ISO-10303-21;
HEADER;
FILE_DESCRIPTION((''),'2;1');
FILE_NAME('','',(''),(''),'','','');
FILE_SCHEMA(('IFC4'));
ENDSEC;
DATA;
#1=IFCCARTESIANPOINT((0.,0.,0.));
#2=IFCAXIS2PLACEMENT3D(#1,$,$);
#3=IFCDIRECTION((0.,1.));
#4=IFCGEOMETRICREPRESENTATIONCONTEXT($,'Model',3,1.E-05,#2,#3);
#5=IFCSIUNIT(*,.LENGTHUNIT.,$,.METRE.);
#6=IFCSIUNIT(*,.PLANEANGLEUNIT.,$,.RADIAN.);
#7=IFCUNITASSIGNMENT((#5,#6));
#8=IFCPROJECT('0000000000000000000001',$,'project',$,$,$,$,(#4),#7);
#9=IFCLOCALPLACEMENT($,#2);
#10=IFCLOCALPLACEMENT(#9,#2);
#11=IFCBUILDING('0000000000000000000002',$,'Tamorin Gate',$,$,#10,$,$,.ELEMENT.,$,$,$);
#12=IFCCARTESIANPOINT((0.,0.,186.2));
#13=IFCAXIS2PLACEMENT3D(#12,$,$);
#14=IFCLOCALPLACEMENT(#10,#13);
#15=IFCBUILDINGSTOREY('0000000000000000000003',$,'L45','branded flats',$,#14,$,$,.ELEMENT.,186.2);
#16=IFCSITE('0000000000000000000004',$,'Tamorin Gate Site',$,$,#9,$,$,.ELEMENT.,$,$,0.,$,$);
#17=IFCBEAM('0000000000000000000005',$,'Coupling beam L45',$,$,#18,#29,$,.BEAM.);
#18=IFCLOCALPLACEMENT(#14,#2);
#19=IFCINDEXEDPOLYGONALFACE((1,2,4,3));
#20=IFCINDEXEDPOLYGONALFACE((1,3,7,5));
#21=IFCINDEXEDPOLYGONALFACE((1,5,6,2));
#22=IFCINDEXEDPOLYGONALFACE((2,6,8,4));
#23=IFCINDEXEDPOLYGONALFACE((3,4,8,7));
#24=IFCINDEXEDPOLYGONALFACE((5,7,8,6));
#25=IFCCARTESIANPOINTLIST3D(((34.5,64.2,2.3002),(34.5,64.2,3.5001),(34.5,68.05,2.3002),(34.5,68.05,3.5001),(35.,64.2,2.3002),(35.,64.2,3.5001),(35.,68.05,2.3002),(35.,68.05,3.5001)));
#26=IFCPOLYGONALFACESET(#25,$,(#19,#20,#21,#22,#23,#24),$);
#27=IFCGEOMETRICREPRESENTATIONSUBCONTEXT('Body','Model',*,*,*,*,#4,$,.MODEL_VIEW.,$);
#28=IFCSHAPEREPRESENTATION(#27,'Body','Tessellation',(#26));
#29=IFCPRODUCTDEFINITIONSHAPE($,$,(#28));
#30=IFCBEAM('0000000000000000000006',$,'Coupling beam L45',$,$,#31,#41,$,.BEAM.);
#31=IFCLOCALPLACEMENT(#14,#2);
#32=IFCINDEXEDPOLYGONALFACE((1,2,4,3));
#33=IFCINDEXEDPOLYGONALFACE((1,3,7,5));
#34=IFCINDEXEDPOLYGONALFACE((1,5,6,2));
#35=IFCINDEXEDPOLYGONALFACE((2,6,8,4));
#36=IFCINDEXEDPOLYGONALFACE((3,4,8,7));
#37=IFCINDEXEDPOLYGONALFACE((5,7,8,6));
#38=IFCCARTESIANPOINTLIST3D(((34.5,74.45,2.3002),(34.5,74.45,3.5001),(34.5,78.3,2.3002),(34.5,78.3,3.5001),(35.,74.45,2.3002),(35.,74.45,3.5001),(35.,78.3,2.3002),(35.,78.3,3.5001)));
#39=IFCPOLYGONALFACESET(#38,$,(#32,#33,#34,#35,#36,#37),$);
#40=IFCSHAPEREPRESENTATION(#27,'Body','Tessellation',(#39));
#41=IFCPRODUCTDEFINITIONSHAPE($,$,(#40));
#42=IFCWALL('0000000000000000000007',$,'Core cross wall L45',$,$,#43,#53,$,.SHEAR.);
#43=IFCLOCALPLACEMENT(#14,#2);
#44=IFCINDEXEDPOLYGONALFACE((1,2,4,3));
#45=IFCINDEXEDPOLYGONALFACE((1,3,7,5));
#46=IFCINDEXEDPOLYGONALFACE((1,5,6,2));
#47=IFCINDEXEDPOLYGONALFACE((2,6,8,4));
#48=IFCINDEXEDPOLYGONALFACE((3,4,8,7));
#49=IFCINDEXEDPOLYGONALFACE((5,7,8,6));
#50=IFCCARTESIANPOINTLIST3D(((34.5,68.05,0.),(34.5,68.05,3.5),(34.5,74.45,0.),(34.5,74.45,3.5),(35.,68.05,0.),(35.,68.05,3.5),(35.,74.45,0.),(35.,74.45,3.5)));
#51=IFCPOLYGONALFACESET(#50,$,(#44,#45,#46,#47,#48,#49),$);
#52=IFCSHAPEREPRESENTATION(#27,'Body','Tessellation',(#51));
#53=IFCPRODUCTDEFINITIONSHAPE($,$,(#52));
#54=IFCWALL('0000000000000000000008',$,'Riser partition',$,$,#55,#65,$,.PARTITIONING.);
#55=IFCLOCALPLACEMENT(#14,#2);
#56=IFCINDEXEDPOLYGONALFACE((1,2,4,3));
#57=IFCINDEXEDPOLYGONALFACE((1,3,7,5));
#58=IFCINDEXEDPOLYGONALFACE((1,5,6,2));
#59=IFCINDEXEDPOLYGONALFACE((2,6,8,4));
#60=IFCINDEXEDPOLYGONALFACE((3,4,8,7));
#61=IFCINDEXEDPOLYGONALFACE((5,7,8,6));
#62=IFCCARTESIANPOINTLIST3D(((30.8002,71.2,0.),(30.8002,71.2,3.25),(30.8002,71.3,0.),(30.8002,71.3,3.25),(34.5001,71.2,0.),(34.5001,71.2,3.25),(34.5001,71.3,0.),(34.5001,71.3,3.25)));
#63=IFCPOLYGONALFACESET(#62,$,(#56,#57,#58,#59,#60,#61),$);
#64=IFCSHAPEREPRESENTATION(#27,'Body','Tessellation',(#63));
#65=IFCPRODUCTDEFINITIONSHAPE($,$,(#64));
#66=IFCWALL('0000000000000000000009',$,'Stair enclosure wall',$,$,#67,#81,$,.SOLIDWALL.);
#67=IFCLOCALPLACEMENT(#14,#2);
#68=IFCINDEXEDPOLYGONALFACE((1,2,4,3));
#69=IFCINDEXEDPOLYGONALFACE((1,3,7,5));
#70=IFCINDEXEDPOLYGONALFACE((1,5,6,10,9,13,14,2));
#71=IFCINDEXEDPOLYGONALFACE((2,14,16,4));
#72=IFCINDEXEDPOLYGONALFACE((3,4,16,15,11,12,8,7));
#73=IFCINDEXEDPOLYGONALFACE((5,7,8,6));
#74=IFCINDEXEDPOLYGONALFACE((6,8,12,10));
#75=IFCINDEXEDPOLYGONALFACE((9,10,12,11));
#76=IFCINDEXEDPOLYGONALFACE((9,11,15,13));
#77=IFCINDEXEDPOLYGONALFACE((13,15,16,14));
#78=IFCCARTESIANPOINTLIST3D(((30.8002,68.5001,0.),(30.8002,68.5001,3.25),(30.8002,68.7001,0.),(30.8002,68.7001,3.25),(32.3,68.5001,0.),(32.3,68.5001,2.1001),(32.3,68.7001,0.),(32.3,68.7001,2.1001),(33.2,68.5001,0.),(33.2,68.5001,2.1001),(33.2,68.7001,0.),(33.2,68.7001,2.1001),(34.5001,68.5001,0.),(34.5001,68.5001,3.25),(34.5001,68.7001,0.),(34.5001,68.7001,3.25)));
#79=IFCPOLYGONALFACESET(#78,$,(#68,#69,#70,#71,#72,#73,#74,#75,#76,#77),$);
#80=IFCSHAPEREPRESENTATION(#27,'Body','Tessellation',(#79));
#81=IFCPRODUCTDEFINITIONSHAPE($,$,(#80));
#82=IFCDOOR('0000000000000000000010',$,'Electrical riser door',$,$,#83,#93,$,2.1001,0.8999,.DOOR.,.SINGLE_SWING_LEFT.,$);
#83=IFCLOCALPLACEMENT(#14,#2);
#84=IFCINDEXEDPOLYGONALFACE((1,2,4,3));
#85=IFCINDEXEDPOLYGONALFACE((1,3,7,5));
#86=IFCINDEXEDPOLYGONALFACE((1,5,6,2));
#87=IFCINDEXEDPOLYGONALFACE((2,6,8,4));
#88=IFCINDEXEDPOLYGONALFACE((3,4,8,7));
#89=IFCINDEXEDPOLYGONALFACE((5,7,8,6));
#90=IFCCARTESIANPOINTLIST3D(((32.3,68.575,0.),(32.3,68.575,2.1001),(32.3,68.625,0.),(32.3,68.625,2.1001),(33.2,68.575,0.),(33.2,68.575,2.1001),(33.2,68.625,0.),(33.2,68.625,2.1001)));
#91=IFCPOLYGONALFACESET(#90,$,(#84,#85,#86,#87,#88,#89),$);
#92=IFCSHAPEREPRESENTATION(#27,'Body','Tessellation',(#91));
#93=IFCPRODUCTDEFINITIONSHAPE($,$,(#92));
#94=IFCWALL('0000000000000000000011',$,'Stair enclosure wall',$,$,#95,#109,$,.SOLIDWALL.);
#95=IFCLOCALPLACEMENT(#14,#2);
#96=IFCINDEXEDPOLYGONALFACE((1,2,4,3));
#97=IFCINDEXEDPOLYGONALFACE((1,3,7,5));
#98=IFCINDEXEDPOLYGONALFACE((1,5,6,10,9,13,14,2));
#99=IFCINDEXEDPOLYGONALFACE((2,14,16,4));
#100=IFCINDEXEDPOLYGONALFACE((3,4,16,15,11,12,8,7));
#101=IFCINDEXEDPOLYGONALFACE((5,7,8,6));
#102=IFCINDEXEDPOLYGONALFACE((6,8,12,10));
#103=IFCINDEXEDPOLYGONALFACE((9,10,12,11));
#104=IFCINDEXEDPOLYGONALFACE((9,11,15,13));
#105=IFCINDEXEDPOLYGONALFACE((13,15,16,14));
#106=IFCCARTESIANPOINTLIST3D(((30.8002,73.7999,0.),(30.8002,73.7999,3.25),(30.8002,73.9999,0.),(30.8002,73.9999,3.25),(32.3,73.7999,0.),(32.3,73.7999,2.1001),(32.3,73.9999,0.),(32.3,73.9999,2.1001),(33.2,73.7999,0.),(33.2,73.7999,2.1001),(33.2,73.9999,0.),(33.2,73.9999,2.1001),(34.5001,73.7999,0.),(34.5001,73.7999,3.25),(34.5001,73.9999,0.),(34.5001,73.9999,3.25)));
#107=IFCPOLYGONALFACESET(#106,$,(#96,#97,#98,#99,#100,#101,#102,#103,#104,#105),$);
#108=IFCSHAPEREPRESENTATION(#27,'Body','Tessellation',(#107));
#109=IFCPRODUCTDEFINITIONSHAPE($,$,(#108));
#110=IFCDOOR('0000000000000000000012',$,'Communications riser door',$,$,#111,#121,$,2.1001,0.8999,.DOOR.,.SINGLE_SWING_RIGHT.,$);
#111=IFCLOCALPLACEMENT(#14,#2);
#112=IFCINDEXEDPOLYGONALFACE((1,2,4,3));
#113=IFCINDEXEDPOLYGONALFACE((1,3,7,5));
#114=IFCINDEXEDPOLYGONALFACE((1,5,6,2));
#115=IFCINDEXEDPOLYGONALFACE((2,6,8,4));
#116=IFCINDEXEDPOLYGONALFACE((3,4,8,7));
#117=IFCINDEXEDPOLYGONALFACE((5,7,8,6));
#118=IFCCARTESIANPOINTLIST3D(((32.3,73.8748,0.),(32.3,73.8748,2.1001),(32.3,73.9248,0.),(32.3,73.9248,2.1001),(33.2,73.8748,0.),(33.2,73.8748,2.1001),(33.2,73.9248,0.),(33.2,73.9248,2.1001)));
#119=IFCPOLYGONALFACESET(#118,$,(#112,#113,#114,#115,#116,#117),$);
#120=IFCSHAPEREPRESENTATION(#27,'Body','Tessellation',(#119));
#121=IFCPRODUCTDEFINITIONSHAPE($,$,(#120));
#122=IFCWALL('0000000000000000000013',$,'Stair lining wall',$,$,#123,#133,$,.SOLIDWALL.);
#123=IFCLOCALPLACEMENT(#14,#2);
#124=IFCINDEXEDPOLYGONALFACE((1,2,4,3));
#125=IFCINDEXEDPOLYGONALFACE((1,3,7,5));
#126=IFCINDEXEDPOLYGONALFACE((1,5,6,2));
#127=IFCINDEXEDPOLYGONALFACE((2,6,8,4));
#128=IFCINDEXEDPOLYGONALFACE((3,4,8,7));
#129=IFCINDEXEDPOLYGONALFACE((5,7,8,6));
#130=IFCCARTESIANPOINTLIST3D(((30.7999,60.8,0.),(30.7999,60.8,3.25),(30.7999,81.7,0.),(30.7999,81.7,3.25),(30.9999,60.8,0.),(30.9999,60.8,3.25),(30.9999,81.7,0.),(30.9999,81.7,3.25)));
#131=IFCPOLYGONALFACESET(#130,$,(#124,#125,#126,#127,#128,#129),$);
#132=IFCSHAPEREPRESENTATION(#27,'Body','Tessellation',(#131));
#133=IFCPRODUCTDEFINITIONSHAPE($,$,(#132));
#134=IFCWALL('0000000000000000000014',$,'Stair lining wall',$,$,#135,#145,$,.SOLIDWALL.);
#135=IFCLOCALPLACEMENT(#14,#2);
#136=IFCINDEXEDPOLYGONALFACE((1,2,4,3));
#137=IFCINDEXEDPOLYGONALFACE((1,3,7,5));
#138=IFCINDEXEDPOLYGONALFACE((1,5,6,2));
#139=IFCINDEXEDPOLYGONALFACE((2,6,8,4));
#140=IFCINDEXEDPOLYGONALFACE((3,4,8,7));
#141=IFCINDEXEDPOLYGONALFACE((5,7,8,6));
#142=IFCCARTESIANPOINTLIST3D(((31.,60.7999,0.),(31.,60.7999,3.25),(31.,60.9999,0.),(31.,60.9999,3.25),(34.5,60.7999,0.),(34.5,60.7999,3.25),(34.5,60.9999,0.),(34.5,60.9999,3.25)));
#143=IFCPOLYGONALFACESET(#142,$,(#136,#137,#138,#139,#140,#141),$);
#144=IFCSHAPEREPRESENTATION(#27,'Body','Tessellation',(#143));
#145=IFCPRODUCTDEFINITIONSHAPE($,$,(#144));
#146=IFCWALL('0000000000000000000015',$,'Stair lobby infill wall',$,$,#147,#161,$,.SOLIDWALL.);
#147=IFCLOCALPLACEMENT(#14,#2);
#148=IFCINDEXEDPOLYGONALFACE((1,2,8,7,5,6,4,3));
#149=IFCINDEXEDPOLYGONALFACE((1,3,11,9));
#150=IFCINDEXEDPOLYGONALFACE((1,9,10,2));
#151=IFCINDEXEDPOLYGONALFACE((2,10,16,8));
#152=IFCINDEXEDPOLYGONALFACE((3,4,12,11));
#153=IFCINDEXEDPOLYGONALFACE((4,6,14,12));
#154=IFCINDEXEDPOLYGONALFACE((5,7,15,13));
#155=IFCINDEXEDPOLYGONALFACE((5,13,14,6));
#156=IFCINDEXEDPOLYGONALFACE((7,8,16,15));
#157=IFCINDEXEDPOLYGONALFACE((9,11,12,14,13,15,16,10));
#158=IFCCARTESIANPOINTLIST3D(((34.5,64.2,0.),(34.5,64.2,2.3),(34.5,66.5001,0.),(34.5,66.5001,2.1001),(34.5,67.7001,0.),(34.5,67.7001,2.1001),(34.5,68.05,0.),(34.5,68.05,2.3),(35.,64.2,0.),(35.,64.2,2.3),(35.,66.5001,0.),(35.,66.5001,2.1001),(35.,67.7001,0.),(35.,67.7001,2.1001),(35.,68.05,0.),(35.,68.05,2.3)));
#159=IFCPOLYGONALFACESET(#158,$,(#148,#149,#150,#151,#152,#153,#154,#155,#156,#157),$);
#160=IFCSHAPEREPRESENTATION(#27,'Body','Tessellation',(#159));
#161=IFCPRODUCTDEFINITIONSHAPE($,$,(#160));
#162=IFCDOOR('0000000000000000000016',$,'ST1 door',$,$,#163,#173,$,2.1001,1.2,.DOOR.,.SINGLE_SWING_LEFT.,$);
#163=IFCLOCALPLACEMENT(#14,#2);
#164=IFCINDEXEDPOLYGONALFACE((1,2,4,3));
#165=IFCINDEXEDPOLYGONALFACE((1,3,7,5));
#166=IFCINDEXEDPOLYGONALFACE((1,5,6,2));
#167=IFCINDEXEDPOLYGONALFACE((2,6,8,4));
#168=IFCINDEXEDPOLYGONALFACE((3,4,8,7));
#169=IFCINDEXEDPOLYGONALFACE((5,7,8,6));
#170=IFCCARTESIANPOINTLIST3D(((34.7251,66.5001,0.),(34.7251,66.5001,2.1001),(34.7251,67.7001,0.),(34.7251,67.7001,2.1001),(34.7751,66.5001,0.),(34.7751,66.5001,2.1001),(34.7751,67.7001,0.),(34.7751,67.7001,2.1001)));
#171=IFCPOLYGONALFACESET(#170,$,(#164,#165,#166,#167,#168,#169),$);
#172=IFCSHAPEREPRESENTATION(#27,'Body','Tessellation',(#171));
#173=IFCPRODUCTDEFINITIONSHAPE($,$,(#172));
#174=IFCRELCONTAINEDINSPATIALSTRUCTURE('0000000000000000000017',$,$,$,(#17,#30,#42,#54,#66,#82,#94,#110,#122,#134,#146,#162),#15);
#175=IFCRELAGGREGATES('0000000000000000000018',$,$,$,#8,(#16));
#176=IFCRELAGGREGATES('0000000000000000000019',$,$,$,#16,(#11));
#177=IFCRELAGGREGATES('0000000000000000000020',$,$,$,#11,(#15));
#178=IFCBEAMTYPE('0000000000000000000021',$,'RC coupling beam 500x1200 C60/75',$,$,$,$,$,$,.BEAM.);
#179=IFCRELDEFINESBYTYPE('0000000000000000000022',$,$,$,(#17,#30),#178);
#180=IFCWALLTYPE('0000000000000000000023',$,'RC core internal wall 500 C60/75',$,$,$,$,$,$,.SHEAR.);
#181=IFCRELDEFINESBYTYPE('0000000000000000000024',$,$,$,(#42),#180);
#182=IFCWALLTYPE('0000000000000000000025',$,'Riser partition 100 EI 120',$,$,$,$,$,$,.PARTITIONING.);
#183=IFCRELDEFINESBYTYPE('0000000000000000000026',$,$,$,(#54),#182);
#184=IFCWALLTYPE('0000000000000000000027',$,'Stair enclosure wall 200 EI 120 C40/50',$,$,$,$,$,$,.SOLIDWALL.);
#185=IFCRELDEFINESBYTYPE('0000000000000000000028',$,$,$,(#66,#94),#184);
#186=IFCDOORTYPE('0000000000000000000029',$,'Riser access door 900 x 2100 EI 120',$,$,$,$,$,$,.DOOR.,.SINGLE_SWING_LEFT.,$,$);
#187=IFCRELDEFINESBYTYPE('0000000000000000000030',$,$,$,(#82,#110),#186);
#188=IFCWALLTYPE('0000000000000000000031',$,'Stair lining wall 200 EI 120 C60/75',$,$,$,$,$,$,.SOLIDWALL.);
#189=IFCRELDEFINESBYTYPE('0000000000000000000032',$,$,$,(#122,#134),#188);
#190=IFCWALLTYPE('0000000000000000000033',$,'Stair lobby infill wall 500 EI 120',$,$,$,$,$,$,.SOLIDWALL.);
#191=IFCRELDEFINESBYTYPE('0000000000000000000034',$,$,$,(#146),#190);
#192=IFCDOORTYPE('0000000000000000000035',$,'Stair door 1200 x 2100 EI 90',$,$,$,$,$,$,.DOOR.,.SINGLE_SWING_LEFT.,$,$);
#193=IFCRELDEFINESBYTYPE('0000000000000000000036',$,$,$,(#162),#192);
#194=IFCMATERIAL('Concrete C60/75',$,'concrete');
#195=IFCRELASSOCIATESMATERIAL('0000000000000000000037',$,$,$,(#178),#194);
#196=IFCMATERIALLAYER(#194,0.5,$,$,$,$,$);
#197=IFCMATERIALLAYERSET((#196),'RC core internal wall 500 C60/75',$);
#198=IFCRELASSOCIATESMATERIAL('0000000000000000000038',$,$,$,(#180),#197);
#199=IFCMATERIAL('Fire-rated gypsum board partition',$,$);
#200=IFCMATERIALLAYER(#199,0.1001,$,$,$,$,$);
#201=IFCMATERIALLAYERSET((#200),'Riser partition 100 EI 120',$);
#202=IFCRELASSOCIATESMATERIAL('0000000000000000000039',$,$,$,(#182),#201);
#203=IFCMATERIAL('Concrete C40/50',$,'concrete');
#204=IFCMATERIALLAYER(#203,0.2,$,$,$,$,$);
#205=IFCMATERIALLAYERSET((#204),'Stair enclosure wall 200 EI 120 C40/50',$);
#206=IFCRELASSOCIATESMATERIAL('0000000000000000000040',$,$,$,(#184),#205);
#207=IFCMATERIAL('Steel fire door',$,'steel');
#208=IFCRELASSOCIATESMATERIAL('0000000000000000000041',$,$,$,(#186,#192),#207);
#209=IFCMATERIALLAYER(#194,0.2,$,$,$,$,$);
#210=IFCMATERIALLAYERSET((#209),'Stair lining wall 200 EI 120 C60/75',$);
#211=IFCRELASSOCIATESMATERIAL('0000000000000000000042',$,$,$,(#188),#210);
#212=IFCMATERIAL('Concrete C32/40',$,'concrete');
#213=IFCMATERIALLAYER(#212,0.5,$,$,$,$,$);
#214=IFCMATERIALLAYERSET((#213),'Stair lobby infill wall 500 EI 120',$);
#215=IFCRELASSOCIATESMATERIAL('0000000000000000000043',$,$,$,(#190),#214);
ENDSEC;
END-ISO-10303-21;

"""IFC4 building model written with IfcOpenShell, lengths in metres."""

from ifc_helpers import new_model, si_unit, direction, frame, frame_2d, origin, origin_2d, place, context, subcontext, project, spatial, rectangle, extrude, material, layer, layer_set, material_profile, profile_set, type_object, element, fill, save


model = new_model("IFC4")

# Units and contexts
model_context = context("Model", 3, precision=1e-05, world=origin(), true_north=direction((0.0, 1.0)))
body_context = subcontext(model_context, "Body", "Model", "MODEL_VIEW")
ifc_project = project(units=[si_unit("LENGTHUNIT", "METRE"), si_unit("PLANEANGLEUNIT", "RADIAN")], contexts=[model_context])

# Site, building, storey
site_placement = place(None, origin())
site = spatial("IfcSite", under=ifc_project, at=site_placement, Name="Tamorin Gate Site", CompositionType="ELEMENT", RefElevation=0.0)
building_placement = place(site_placement, origin())
building = spatial("IfcBuilding", under=site, at=building_placement, Name="Tamorin Gate", CompositionType="ELEMENT")
storey_placement = place(building_placement, frame((0.0, 0.0, 186.2)))
storey = spatial("IfcBuildingStorey", under=building, at=storey_placement, Name="L45", Description="branded flats", CompositionType="ELEMENT", Elevation=186.2)

# Beams
ifc_material_1 = material(Name="Concrete C60/75", Category="concrete")
ifc_material_profile = material_profile(ifc_material_1, rectangle(XDim=0.5, YDim=1.2, at=origin_2d()), Name="RC 500x1200")
ifc_profile_set = profile_set([ifc_material_profile], Name="Concrete C60/75")
beam_type = type_object("IfcBeamType", Name="RC coupling beam 500x1200 C60/75", PredefinedType="BEAM", material=ifc_profile_set)
for number, where, z_axis, x_axis, name in (
    (1, (34.75, 64.2, 2.9001), (0.0, 1.0, 0.0), (-1.0, 0.0, 0.0), "Coupling beam L45"),
    (2, (34.75, 74.45, 2.9001), (0.0, 1.0, 0.0), (-1.0, 0.0, 0.0), "Coupling beam L45"),
):
    element("IfcBeam", number, at=place(storey_placement, frame(where, z_axis=z_axis, x_axis=x_axis)), inside=storey, type_object=beam_type, Name=name, PredefinedType="BEAM", context=body_context, shape_type="SweptSolid", body=[
        extrude(rectangle(XDim=0.5, YDim=1.2, at=origin_2d()), origin(), (0.0, 0.0, 1.0), 3.8501),
    ])

# Walls
ifc_layer_1 = layer(ifc_material_1, 0.5)
ifc_layer_set_1 = layer_set([ifc_layer_1], Name="RC core internal wall 500 C60/75")
wall_type_1 = type_object("IfcWallType", Name="RC core internal wall 500 C60/75", PredefinedType="SHEAR", material=ifc_layer_set_1)
wall_1_placement = place(storey_placement, frame((34.75, 68.05, 0.0), z_axis=(0.0, 0.0, 1.0), x_axis=(0.0, 1.0, 0.0)))
element("IfcWall", 3, at=wall_1_placement, inside=storey, type_object=wall_type_1, Name="Core cross wall L45", PredefinedType="SHEAR", context=body_context, shape_type="SweptSolid", body=[
    extrude(rectangle(XDim=6.3999, YDim=0.5, at=frame_2d((3.2, 0.0))), origin(), (0.0, 0.0, 1.0), 3.5),
])
ifc_material_2 = material(Name="Fire-rated gypsum board partition")
ifc_layer_2 = layer(ifc_material_2, 0.1001)
ifc_layer_set_2 = layer_set([ifc_layer_2], Name="Riser partition 100 EI 120")
wall_type_2 = type_object("IfcWallType", Name="Riser partition 100 EI 120", PredefinedType="PARTITIONING", material=ifc_layer_set_2)
wall_2_placement = place(storey_placement, frame((30.8, 71.25, 0.0), z_axis=(0.0, 0.0, 1.0), x_axis=(1.0, 0.0, 0.0)))
element("IfcWall", 4, at=wall_2_placement, inside=storey, type_object=wall_type_2, Name="Riser partition", PredefinedType="PARTITIONING", context=body_context, shape_type="SweptSolid", body=[
    extrude(rectangle(XDim=3.7, YDim=0.1001, at=frame_2d((1.8501, 0.0))), origin(), (0.0, 0.0, 1.0), 3.25),
])

# Walls, openings, doors
ifc_material_3 = material(Name="Concrete C40/50", Category="concrete")
ifc_layer_3 = layer(ifc_material_3, 0.2)
ifc_layer_set_3 = layer_set([ifc_layer_3], Name="Stair enclosure wall 200 EI 120 C40/50")
wall_type_3 = type_object("IfcWallType", Name="Stair enclosure wall 200 EI 120 C40/50", PredefinedType="SOLIDWALL", material=ifc_layer_set_3)
wall_3_placement = place(storey_placement, frame((30.8, 68.6001, 0.0), z_axis=(0.0, 0.0, 1.0), x_axis=(1.0, 0.0, 0.0)))
wall_3 = element("IfcWall", 5, at=wall_3_placement, inside=storey, type_object=wall_type_3, Name="Stair enclosure wall", PredefinedType="SOLIDWALL", context=body_context, shape_type="SweptSolid", body=[
    extrude(rectangle(XDim=3.7, YDim=0.2, at=frame_2d((1.8501, 0.0))), origin(), (0.0, 0.0, 1.0), 3.25),
])
opening_1_placement = place(wall_3_placement, frame((1.5, 0.0, 0.0)))
opening_1 = element("IfcOpeningElement", 6, at=opening_1_placement, cuts=wall_3, PredefinedType="OPENING", context=body_context, shape_type="SweptSolid", body=[
    extrude(rectangle(XDim=0.8999, YDim=2.1001, at=frame_2d((0.45, 1.05))), frame((0.0, 0.1099, 0.0), z_axis=(0.0, -1.0, 0.0), x_axis=(1.0, 0.0, 0.0)), (0.0, 0.0, 1.0), 0.22),
])
ifc_material_4 = material(Name="Steel fire door", Category="steel")
door_type_1 = type_object("IfcDoorType", Name="Riser access door 900 x 2100 EI 120", OperationType="SINGLE_SWING_LEFT", PredefinedType="DOOR", material=ifc_material_4)
door_1_placement = place(opening_1_placement, origin())
door_1 = element("IfcDoor", 7, at=door_1_placement, inside=storey, type_object=door_type_1, Name="Electrical riser door", OperationType="SINGLE_SWING_LEFT", OverallHeight=2.1001, OverallWidth=0.8999, PredefinedType="DOOR", context=body_context, shape_type="SweptSolid", body=[
    extrude(rectangle(XDim=0.8999, YDim=2.1001, at=frame_2d((0.45, 1.05))), frame((0.0, 0.0249, 0.0), z_axis=(0.0, -1.0, 0.0), x_axis=(1.0, 0.0, 0.0)), (0.0, 0.0, 1.0), 0.05),
])
fill(opening_1, door_1)
wall_4_placement = place(storey_placement, frame((30.8, 73.8999, 0.0), z_axis=(0.0, 0.0, 1.0), x_axis=(1.0, 0.0, 0.0)))
wall_4 = element("IfcWall", 8, at=wall_4_placement, inside=storey, type_object=wall_type_3, Name="Stair enclosure wall", PredefinedType="SOLIDWALL", context=body_context, shape_type="SweptSolid", body=[
    extrude(rectangle(XDim=3.7, YDim=0.2, at=frame_2d((1.8501, 0.0))), origin(), (0.0, 0.0, 1.0), 3.25),
])
opening_2_placement = place(wall_4_placement, frame((1.5, 0.0, 0.0)))
opening_2 = element("IfcOpeningElement", 9, at=opening_2_placement, cuts=wall_4, PredefinedType="OPENING", context=body_context, shape_type="SweptSolid", body=[
    extrude(rectangle(XDim=0.8999, YDim=2.1001, at=frame_2d((0.45, 1.05))), frame((0.0, 0.1099, 0.0), z_axis=(0.0, -1.0, 0.0), x_axis=(1.0, 0.0, 0.0)), (0.0, 0.0, 1.0), 0.22),
])
door_2_placement = place(opening_2_placement, origin())
door_2 = element("IfcDoor", 10, at=door_2_placement, inside=storey, type_object=door_type_1, Name="Communications riser door", OperationType="SINGLE_SWING_RIGHT", OverallHeight=2.1001, OverallWidth=0.8999, PredefinedType="DOOR", context=body_context, shape_type="SweptSolid", body=[
    extrude(rectangle(XDim=0.8999, YDim=2.1001, at=frame_2d((0.45, 1.05))), frame((0.0, 0.0249, 0.0), z_axis=(0.0, -1.0, 0.0), x_axis=(1.0, 0.0, 0.0)), (0.0, 0.0, 1.0), 0.05),
])
fill(opening_2, door_2)

# Walls
ifc_layer_4 = layer(ifc_material_1, 0.2)
ifc_layer_set_4 = layer_set([ifc_layer_4], Name="Stair lining wall 200 EI 120 C60/75")
wall_type_4 = type_object("IfcWallType", Name="Stair lining wall 200 EI 120 C60/75", PredefinedType="SOLIDWALL", material=ifc_layer_set_4)
wall_5_placement = place(storey_placement, frame((30.8999, 60.8, 0.0), z_axis=(0.0, 0.0, 1.0), x_axis=(0.0, 1.0, 0.0)))
element("IfcWall", 11, at=wall_5_placement, inside=storey, type_object=wall_type_4, Name="Stair lining wall", PredefinedType="SOLIDWALL", context=body_context, shape_type="SweptSolid", body=[
    extrude(rectangle(XDim=20.8999, YDim=0.2, at=frame_2d((10.45, 0.0))), origin(), (0.0, 0.0, 1.0), 3.25),
])
wall_6_placement = place(storey_placement, frame((31.0, 60.8999, 0.0), z_axis=(0.0, 0.0, 1.0), x_axis=(1.0, 0.0, 0.0)))
element("IfcWall", 12, at=wall_6_placement, inside=storey, type_object=wall_type_4, Name="Stair lining wall", PredefinedType="SOLIDWALL", context=body_context, shape_type="SweptSolid", body=[
    extrude(rectangle(XDim=3.5, YDim=0.2, at=frame_2d((1.75, 0.0))), origin(), (0.0, 0.0, 1.0), 3.25),
])

# Wall, opening, door
ifc_material_5 = material(Name="Concrete C32/40", Category="concrete")
ifc_layer_5 = layer(ifc_material_5, 0.5)
ifc_layer_set_5 = layer_set([ifc_layer_5], Name="Stair lobby infill wall 500 EI 120")
wall_type_5 = type_object("IfcWallType", Name="Stair lobby infill wall 500 EI 120", PredefinedType="SOLIDWALL", material=ifc_layer_set_5)
wall_7_placement = place(storey_placement, frame((34.75, 64.2, 0.0), z_axis=(0.0, 0.0, 1.0), x_axis=(0.0, 1.0, 0.0)))
wall_7 = element("IfcWall", 13, at=wall_7_placement, inside=storey, type_object=wall_type_5, Name="Stair lobby infill wall", PredefinedType="SOLIDWALL", context=body_context, shape_type="SweptSolid", body=[
    extrude(rectangle(XDim=3.8501, YDim=0.5, at=frame_2d((1.925, 0.0))), origin(), (0.0, 0.0, 1.0), 2.3),
])
opening_3_placement = place(wall_7_placement, frame((2.3, 0.0, 0.0)))
opening_3 = element("IfcOpeningElement", 14, at=opening_3_placement, cuts=wall_7, PredefinedType="OPENING", context=body_context, shape_type="SweptSolid", body=[
    extrude(rectangle(XDim=1.2, YDim=2.1001, at=frame_2d((0.6001, 1.05))), frame((0.0, 0.26, 0.0), z_axis=(0.0, -1.0, 0.0), x_axis=(1.0, 0.0, 0.0)), (0.0, 0.0, 1.0), 0.52),
])
door_type_2 = type_object("IfcDoorType", Name="Stair door 1200 x 2100 EI 90", OperationType="SINGLE_SWING_LEFT", PredefinedType="DOOR", material=ifc_material_4)
door_3_placement = place(opening_3_placement, origin())
door_3 = element("IfcDoor", 15, at=door_3_placement, inside=storey, type_object=door_type_2, Name="ST1 door", OperationType="SINGLE_SWING_LEFT", OverallHeight=2.1001, OverallWidth=1.2, PredefinedType="DOOR", context=body_context, shape_type="SweptSolid", body=[
    extrude(rectangle(XDim=1.2, YDim=2.1001, at=frame_2d((0.6001, 1.05))), frame((0.0, 0.0249, 0.0), z_axis=(0.0, -1.0, 0.0), x_axis=(1.0, 0.0, 0.0)), (0.0, 0.0, 1.0), 0.05),
])
fill(opening_3, door_3)

save(model, "model.ifc")
